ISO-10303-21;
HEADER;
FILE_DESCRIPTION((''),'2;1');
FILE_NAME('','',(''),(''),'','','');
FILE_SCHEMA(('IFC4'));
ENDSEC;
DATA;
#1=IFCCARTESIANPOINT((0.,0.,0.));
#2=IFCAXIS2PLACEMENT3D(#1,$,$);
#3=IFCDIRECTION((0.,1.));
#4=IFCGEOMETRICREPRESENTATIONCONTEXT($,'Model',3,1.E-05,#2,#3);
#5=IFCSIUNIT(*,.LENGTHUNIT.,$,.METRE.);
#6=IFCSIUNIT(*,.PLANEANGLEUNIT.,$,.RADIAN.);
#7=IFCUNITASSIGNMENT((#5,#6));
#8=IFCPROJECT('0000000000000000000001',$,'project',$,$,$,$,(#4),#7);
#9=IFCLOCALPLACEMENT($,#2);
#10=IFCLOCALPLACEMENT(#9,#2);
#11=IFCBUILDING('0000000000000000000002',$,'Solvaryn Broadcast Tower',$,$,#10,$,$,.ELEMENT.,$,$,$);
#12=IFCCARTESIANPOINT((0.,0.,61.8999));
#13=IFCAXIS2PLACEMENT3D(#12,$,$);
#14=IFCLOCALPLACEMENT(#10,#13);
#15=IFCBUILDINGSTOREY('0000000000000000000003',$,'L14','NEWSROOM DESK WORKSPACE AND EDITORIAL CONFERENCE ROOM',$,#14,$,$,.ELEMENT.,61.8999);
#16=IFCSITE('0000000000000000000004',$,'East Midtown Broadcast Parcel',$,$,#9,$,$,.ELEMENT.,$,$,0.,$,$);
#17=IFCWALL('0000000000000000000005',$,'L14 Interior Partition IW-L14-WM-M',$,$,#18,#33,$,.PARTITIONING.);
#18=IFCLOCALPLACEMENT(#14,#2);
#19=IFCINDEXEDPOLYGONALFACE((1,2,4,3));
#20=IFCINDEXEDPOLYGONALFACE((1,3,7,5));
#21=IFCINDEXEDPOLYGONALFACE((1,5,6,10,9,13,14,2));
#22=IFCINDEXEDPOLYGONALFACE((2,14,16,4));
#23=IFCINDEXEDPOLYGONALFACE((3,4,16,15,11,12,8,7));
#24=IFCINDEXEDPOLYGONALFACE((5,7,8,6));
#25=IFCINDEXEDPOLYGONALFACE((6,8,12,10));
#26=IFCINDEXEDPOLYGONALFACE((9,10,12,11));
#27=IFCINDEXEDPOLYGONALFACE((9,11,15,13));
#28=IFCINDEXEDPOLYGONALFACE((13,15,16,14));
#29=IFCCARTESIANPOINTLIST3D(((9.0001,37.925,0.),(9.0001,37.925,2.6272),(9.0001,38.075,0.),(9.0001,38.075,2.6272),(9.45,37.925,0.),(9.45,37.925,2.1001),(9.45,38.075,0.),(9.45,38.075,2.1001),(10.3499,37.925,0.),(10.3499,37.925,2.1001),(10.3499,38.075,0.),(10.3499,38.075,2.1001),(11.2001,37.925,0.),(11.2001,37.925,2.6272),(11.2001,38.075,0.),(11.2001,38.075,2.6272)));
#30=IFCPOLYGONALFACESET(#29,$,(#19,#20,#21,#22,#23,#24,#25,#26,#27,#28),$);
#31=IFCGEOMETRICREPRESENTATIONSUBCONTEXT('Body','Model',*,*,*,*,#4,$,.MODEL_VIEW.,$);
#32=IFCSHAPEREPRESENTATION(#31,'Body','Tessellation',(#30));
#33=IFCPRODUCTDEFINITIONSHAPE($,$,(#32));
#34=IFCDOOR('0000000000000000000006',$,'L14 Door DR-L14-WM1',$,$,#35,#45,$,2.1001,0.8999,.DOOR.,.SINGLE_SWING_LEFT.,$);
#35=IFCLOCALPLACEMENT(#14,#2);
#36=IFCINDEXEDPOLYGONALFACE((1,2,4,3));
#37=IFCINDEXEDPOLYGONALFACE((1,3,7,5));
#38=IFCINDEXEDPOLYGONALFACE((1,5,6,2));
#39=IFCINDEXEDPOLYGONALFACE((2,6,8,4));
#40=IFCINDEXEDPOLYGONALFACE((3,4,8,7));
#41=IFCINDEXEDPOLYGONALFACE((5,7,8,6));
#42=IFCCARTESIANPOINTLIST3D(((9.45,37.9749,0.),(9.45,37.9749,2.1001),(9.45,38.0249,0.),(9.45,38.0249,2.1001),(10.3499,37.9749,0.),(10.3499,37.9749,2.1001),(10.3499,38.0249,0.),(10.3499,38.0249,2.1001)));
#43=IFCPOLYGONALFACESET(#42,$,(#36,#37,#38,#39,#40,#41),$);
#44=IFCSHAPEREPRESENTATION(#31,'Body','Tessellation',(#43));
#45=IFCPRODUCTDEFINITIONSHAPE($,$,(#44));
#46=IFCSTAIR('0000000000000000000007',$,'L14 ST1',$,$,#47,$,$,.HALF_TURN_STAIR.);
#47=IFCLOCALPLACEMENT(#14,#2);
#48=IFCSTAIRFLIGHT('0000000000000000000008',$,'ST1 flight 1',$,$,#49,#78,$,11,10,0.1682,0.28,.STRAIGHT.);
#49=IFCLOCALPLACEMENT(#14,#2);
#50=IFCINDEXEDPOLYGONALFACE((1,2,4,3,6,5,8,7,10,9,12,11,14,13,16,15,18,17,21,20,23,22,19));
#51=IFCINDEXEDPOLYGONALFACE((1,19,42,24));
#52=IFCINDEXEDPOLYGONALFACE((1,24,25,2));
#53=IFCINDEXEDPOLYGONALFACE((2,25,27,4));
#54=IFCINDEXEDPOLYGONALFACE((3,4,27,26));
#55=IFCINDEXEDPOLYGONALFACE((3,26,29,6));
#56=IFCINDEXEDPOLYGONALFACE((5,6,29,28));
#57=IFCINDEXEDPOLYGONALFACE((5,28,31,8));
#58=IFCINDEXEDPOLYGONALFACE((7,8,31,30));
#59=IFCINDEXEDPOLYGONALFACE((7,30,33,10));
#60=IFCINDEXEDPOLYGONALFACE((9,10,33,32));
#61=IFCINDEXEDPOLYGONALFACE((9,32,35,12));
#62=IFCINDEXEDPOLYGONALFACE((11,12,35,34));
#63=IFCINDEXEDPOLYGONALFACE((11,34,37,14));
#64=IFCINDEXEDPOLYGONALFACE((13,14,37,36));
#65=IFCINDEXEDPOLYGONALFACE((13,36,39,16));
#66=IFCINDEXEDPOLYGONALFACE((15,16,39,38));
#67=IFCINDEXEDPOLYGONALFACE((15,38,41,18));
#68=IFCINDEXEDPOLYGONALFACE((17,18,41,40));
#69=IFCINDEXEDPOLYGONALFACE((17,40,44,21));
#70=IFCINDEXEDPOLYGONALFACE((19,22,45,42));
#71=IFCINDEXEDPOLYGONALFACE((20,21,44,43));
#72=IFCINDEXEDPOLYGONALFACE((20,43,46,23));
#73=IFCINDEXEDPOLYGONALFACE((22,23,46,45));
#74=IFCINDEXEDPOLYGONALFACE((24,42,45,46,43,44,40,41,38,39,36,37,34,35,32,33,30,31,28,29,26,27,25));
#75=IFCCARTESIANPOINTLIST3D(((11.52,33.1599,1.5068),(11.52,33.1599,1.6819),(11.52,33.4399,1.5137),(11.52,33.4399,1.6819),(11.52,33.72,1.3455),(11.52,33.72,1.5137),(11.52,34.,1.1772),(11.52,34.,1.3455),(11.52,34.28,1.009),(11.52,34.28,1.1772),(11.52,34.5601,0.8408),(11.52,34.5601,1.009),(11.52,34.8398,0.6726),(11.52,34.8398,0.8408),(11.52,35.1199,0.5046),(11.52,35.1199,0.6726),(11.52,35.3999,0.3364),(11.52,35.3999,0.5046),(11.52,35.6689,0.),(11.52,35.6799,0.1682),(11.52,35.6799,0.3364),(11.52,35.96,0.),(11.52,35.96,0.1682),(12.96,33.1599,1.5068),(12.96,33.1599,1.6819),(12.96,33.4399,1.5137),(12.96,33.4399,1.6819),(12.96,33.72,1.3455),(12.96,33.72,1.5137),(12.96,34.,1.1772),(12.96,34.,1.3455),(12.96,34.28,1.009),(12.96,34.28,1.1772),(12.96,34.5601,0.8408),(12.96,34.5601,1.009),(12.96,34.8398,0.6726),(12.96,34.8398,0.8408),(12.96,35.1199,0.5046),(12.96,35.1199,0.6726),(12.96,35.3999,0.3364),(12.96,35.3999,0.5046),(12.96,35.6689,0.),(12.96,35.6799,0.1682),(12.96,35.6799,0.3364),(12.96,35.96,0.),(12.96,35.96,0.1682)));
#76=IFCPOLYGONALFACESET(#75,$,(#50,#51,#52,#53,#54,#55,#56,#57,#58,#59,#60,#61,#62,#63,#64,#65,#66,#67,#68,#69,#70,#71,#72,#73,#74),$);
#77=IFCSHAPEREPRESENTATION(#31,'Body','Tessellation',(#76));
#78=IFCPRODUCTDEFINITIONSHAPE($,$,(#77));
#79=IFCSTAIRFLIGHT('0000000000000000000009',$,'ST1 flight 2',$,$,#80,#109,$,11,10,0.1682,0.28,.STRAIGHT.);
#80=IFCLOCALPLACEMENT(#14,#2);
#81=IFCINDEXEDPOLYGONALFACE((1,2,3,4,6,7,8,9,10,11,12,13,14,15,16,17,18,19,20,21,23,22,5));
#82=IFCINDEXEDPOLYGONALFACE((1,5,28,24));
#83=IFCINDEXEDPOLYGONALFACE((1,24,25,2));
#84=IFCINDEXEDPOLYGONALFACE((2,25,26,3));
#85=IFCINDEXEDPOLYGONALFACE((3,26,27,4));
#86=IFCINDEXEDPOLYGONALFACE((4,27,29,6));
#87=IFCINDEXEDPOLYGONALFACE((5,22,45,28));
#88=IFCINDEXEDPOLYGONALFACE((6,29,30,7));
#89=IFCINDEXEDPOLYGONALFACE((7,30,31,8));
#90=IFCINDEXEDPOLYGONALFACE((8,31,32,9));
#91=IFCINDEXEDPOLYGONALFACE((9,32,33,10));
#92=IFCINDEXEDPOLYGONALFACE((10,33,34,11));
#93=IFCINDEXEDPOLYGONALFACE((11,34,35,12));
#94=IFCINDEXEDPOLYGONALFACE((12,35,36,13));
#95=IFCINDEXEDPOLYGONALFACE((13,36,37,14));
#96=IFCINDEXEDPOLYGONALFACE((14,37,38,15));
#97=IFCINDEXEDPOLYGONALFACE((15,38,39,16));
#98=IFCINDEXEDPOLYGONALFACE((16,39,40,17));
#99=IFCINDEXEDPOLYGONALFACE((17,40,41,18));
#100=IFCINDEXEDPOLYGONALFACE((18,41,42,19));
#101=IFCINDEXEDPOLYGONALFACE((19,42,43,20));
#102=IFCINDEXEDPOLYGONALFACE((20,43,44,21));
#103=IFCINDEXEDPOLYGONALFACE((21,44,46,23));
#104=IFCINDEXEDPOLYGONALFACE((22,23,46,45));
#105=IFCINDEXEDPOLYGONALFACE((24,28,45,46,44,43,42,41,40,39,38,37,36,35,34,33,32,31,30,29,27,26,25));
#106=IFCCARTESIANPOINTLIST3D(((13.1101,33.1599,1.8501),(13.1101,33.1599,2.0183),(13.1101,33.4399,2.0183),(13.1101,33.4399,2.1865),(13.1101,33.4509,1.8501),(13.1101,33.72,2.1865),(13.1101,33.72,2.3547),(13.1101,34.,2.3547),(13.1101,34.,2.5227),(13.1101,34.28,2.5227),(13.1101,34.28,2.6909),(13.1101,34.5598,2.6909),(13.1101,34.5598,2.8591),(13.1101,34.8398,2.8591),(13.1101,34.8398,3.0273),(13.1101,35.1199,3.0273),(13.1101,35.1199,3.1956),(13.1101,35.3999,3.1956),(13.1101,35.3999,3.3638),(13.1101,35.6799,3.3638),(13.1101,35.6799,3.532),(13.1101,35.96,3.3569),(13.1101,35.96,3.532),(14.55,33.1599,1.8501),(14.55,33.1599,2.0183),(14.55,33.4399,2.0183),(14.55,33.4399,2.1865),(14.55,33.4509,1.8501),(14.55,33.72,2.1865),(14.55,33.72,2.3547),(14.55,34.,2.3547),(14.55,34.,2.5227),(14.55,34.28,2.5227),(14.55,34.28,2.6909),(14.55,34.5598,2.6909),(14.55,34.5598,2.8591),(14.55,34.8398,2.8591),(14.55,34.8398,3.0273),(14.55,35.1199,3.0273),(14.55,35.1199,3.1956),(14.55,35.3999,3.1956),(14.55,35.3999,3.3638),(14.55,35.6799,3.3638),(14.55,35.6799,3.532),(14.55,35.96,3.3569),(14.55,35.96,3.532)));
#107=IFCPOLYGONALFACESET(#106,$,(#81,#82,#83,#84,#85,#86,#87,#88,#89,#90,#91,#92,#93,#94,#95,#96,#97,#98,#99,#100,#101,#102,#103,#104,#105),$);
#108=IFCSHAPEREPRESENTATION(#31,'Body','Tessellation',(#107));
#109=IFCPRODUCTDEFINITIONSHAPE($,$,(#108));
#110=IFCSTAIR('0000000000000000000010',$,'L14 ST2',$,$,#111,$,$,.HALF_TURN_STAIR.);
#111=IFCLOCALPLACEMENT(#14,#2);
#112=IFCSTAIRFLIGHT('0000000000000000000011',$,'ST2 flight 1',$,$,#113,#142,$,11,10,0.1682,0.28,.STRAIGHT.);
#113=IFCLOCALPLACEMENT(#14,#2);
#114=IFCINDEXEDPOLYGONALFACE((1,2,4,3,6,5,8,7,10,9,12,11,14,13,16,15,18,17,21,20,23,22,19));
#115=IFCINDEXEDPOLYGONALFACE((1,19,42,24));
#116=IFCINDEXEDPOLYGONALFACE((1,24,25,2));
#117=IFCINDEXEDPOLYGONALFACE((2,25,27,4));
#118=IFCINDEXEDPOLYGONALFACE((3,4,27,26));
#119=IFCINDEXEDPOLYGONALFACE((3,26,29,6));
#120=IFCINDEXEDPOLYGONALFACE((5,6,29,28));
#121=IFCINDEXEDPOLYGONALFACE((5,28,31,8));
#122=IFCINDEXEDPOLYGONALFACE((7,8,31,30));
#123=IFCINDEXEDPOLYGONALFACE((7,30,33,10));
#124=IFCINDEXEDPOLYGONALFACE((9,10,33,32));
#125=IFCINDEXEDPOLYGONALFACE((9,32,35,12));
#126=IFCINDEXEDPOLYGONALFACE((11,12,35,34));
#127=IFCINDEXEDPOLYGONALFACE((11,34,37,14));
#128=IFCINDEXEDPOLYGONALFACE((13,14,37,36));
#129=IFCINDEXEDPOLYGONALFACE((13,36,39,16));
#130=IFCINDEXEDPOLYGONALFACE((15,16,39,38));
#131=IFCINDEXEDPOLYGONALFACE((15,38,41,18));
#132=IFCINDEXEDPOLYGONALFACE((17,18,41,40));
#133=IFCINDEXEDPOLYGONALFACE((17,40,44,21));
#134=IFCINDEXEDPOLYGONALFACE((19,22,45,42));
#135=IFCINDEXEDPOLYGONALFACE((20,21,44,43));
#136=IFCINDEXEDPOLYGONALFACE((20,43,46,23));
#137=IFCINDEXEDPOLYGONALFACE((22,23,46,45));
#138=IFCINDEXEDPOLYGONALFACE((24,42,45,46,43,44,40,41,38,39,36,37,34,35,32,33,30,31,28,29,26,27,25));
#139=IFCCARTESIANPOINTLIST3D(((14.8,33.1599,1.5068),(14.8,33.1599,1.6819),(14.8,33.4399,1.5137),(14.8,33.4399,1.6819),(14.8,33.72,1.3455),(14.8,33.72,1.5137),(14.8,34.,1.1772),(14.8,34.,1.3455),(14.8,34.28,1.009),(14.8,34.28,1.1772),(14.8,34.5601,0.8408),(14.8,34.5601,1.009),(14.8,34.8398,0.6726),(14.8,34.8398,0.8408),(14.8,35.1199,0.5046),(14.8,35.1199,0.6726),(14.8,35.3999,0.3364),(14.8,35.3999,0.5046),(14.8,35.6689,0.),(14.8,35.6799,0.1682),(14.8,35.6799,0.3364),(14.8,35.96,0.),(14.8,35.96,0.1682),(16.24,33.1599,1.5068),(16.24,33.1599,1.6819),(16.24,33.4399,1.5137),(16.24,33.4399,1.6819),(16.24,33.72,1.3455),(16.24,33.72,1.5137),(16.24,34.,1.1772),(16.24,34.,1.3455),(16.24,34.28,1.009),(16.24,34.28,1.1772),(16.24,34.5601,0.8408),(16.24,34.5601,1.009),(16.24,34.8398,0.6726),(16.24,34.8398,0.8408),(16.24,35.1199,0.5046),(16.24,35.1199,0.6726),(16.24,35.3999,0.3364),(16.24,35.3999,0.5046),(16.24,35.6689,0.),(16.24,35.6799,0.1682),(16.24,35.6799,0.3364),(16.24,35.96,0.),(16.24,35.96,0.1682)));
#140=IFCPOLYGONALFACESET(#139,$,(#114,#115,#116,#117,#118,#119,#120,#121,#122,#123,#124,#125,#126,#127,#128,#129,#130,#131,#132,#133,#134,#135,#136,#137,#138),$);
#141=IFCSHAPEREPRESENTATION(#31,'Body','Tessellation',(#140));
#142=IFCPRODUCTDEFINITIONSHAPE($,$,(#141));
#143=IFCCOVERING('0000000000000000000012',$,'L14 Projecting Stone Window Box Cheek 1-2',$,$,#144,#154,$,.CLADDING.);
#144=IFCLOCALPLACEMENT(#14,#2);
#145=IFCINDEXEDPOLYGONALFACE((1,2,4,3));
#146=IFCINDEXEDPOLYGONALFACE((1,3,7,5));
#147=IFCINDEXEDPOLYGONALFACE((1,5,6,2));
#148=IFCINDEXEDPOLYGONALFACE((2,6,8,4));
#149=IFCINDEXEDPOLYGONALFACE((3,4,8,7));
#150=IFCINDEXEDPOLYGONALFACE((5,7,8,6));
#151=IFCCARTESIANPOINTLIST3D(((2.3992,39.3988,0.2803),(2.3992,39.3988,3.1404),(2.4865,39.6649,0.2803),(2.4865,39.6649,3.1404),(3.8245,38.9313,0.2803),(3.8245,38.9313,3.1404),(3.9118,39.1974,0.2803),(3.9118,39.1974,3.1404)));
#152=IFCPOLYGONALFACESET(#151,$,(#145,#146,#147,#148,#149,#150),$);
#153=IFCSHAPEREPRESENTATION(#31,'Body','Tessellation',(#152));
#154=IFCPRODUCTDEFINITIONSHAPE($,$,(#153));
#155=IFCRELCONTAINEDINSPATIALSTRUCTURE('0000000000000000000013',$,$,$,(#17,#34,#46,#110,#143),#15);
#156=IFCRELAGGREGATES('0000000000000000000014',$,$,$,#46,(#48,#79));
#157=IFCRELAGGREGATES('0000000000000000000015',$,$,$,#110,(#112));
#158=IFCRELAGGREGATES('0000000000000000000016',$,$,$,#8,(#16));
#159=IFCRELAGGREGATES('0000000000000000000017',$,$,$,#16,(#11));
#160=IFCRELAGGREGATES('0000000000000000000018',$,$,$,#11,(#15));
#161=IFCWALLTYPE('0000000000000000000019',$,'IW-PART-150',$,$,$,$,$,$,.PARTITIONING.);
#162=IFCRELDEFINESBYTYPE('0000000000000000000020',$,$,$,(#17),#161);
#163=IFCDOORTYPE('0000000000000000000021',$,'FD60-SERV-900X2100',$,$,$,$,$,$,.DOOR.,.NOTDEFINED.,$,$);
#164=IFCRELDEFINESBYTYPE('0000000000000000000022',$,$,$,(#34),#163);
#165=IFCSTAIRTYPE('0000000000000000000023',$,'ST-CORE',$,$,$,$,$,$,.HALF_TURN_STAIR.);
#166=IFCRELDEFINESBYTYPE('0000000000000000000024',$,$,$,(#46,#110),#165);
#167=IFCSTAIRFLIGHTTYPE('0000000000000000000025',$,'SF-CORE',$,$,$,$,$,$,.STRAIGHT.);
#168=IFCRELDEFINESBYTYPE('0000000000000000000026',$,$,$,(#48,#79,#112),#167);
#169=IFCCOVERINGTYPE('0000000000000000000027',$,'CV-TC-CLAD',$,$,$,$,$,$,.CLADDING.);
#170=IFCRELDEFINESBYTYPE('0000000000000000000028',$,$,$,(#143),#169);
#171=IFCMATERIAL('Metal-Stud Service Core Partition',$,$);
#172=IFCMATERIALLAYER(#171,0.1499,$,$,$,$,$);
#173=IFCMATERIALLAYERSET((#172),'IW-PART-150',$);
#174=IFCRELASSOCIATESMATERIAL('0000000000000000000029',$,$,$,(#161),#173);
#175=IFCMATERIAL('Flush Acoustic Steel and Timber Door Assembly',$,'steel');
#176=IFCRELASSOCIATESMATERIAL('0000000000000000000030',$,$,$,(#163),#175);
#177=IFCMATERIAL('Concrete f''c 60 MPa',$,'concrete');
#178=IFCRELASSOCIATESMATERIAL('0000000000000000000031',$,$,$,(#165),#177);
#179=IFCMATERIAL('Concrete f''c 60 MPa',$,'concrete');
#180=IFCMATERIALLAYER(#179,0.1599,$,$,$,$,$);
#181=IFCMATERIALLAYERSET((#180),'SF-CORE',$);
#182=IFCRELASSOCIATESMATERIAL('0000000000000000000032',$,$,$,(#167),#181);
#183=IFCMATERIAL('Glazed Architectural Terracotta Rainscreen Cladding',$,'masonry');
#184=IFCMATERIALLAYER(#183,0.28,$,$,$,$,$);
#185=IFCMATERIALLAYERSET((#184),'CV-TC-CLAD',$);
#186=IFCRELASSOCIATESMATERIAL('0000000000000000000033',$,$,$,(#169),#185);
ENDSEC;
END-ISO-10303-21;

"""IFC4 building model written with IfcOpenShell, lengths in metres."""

from ifc_helpers import new_model, si_unit, direction, frame, frame_2d, origin, origin_2d, place, context, subcontext, project, spatial, polyline, rectangle, outline, extrude, material, layer, layer_set, type_object, element, fill, aggregate, save


model = new_model("IFC4")

# Units and contexts
model_context = context("Model", 3, precision=1e-05, world=origin(), true_north=direction((0.0, 1.0)))
body_context = subcontext(model_context, "Body", "Model", "MODEL_VIEW")
ifc_project = project(units=[si_unit("LENGTHUNIT", "METRE"), si_unit("PLANEANGLEUNIT", "RADIAN")], contexts=[model_context])

# Site, building, storey
site_placement = place(None, origin())
site = spatial("IfcSite", under=ifc_project, at=site_placement, Name="East Midtown Broadcast Parcel", CompositionType="ELEMENT", RefElevation=0.0)
building_placement = place(site_placement, origin())
building = spatial("IfcBuilding", under=site, at=building_placement, Name="Solvaryn Broadcast Tower", CompositionType="ELEMENT")
storey_placement = place(building_placement, frame((0.0, 0.0, 61.8999)))
storey = spatial("IfcBuildingStorey", under=building, at=storey_placement, Name="L14", Description="NEWSROOM DESK WORKSPACE AND EDITORIAL CONFERENCE ROOM", CompositionType="ELEMENT", Elevation=61.8999)

# Wall, opening, door
ifc_material_1 = material(Name="Metal-Stud Service Core Partition")
ifc_layer_1 = layer(ifc_material_1, 0.1499)
ifc_layer_set_1 = layer_set([ifc_layer_1], Name="IW-PART-150")
wall_type = type_object("IfcWallType", Name="IW-PART-150", PredefinedType="PARTITIONING", material=ifc_layer_set_1)
wall_placement = place(storey_placement, frame((9.0, 38.0, 0.0), z_axis=(0.0, 0.0, 1.0), x_axis=(1.0, 0.0, 0.0)))
wall = element("IfcWall", 1, at=wall_placement, inside=storey, type_object=wall_type, Name="L14 Interior Partition IW-L14-WM-M", PredefinedType="PARTITIONING", context=body_context, shape_type="SweptSolid", body=[
    extrude(rectangle(XDim=2.2, YDim=0.1499, at=frame_2d((1.1001, 0.0))), origin(), (0.0, 0.0, 1.0), 2.6272),
])
opening_placement = place(wall_placement, frame((0.45, 0.0, 0.0)))
opening = element("IfcOpeningElement", 2, at=opening_placement, cuts=wall, PredefinedType="OPENING", context=body_context, shape_type="SweptSolid", body=[
    extrude(rectangle(XDim=0.8999, YDim=2.1001, at=frame_2d((0.45, 1.05))), frame((0.0, 0.085, 0.0), z_axis=(0.0, -1.0, 0.0), x_axis=(1.0, 0.0, 0.0)), (0.0, 0.0, 1.0), 0.1699),
])
ifc_material_2 = material(Name="Flush Acoustic Steel and Timber Door Assembly", Category="steel")
door_type = type_object("IfcDoorType", Name="FD60-SERV-900X2100", OperationType="NOTDEFINED", PredefinedType="DOOR", material=ifc_material_2)
door_placement = place(opening_placement, origin())
door = element("IfcDoor", 3, at=door_placement, inside=storey, type_object=door_type, Name="L14 Door DR-L14-WM1", OperationType="SINGLE_SWING_LEFT", OverallHeight=2.1001, OverallWidth=0.8999, PredefinedType="DOOR", context=body_context, shape_type="SweptSolid", body=[
    extrude(rectangle(XDim=0.8999, YDim=2.1001, at=frame_2d((0.45, 1.05))), frame((0.0, 0.0249, 0.0), z_axis=(0.0, -1.0, 0.0), x_axis=(1.0, 0.0, 0.0)), (0.0, 0.0, 1.0), 0.05),
])
fill(opening, door)

# Stair, stair flights
ifc_material_3 = material(Name="Concrete f'c 60 MPa", Category="concrete")
stair_type = type_object("IfcStairType", Name="ST-CORE", PredefinedType="HALF_TURN_STAIR", material=ifc_material_3)
stair_1_placement = place(storey_placement, origin())
stair_1 = element("IfcStair", 4, at=stair_1_placement, inside=storey, type_object=stair_type, Name="L14 ST1", PredefinedType="HALF_TURN_STAIR")
ifc_material_4 = material(Name="Concrete f'c 60 MPa", Category="concrete")
ifc_layer_2 = layer(ifc_material_4, 0.1599)
ifc_layer_set_2 = layer_set([ifc_layer_2], Name="SF-CORE")
stair_flight_type = type_object("IfcStairFlightType", Name="SF-CORE", PredefinedType="STRAIGHT", material=ifc_layer_set_2)
stair_flight_1_placement = place(storey_placement, frame((12.24, 35.96, 0.0), z_axis=(0.0, 0.0, 1.0), x_axis=(0.0, -1.0, 0.0)))
stair_flight_1 = element("IfcStairFlight", 5, at=stair_flight_1_placement, type_object=stair_flight_type, Name="ST1 flight 1", NumberOfRisers=11, NumberOfTreads=10, PredefinedType="STRAIGHT", RiserHeight=0.1682, TreadLength=0.28, context=body_context, shape_type="SweptSolid", body=[
    extrude(outline(polyline([(0.0, 0.0), (0.0, 0.1682), (0.28, 0.1682), (0.28, 0.3364), (0.5601, 0.3364), (0.5601, 0.5046), (0.8401, 0.5046), (0.8401, 0.6726), (1.1201, 0.6726), (1.1201, 0.8408), (1.3999, 0.8408), (1.3999, 1.009), (1.6799, 1.009), (1.6799, 1.1772), (1.96, 1.1772), (1.96, 1.3455), (2.24, 1.3455), (2.24, 1.5137), (2.52, 1.5137), (2.52, 1.6819), (2.8, 1.6819), (2.8, 1.8501), (2.8, 1.5068), (0.291, 0.0), (0.0, 0.0)])), frame((0.0, 0.72, 0.0), z_axis=(0.0, -1.0, 0.0), x_axis=(1.0, 0.0, 0.0)), (0.0, 0.0, 1.0), 1.4399),
])
stair_flight_2_placement = place(storey_placement, frame((13.8301, 33.1599, 1.8501), z_axis=(0.0, 0.0, 1.0), x_axis=(0.0, 1.0, 0.0)))
stair_flight_2 = element("IfcStairFlight", 6, at=stair_flight_2_placement, type_object=stair_flight_type, Name="ST1 flight 2", NumberOfRisers=11, NumberOfTreads=10, PredefinedType="STRAIGHT", RiserHeight=0.1682, TreadLength=0.28, context=body_context, shape_type="SweptSolid", body=[
    extrude(outline(polyline([(0.0, 0.0), (0.0, 0.1682), (0.28, 0.1682), (0.28, 0.3364), (0.5601, 0.3364), (0.5601, 0.5046), (0.8401, 0.5046), (0.8401, 0.6726), (1.1201, 0.6726), (1.1201, 0.8408), (1.3999, 0.8408), (1.3999, 1.009), (1.6799, 1.009), (1.6799, 1.1772), (1.96, 1.1772), (1.96, 1.3455), (2.24, 1.3455), (2.24, 1.5137), (2.52, 1.5137), (2.52, 1.6819), (2.8, 1.6819), (2.8, 1.8501), (2.8, 1.5068), (0.291, 0.0), (0.0, 0.0)])), frame((0.0, 0.72, 0.0), z_axis=(0.0, -1.0, 0.0), x_axis=(1.0, 0.0, 0.0)), (0.0, 0.0, 1.0), 1.4399),
])
aggregate(stair_1, [stair_flight_1, stair_flight_2])

# Stair, stair flight
stair_2_placement = place(storey_placement, origin())
stair_2 = element("IfcStair", 7, at=stair_2_placement, inside=storey, type_object=stair_type, Name="L14 ST2", PredefinedType="HALF_TURN_STAIR")
stair_flight_3_placement = place(storey_placement, frame((15.52, 35.96, 0.0), z_axis=(0.0, 0.0, 1.0), x_axis=(0.0, -1.0, 0.0)))
stair_flight_3 = element("IfcStairFlight", 8, at=stair_flight_3_placement, type_object=stair_flight_type, Name="ST2 flight 1", NumberOfRisers=11, NumberOfTreads=10, PredefinedType="STRAIGHT", RiserHeight=0.1682, TreadLength=0.28, context=body_context, shape_type="SweptSolid", body=[
    extrude(outline(polyline([(0.0, 0.0), (0.0, 0.1682), (0.28, 0.1682), (0.28, 0.3364), (0.5601, 0.3364), (0.5601, 0.5046), (0.8401, 0.5046), (0.8401, 0.6726), (1.1201, 0.6726), (1.1201, 0.8408), (1.3999, 0.8408), (1.3999, 1.009), (1.6799, 1.009), (1.6799, 1.1772), (1.96, 1.1772), (1.96, 1.3455), (2.24, 1.3455), (2.24, 1.5137), (2.52, 1.5137), (2.52, 1.6819), (2.8, 1.6819), (2.8, 1.8501), (2.8, 1.5068), (0.291, 0.0), (0.0, 0.0)])), frame((0.0, 0.72, 0.0), z_axis=(0.0, -1.0, 0.0), x_axis=(1.0, 0.0, 0.0)), (0.0, 0.0, 1.0), 1.4399),
])
aggregate(stair_2, [stair_flight_3])

# Covering
ifc_material_5 = material(Name="Glazed Architectural Terracotta Rainscreen Cladding", Category="masonry")
ifc_layer_3 = layer(ifc_material_5, 0.28)
ifc_layer_set_3 = layer_set([ifc_layer_3], Name="CV-TC-CLAD")
covering_type = type_object("IfcCoveringType", Name="CV-TC-CLAD", PredefinedType="CLADDING", material=ifc_layer_set_3)
covering_placement = place(storey_placement, frame((3.1555, 39.2981, 0.2803), z_axis=(0.0, 0.0, 1.0), x_axis=(-0.311672, -0.95019, 0.0)))
element("IfcCovering", 9, at=covering_placement, inside=storey, type_object=covering_type, Name="L14 Projecting Stone Window Box Cheek 1-2", PredefinedType="CLADDING", context=body_context, shape_type="SweptSolid", body=[
    extrude(rectangle(XDim=0.28, YDim=1.5, at=origin_2d()), origin(), (0.0, 0.0, 1.0), 2.8601),
])

save(model, "model.ifc")
